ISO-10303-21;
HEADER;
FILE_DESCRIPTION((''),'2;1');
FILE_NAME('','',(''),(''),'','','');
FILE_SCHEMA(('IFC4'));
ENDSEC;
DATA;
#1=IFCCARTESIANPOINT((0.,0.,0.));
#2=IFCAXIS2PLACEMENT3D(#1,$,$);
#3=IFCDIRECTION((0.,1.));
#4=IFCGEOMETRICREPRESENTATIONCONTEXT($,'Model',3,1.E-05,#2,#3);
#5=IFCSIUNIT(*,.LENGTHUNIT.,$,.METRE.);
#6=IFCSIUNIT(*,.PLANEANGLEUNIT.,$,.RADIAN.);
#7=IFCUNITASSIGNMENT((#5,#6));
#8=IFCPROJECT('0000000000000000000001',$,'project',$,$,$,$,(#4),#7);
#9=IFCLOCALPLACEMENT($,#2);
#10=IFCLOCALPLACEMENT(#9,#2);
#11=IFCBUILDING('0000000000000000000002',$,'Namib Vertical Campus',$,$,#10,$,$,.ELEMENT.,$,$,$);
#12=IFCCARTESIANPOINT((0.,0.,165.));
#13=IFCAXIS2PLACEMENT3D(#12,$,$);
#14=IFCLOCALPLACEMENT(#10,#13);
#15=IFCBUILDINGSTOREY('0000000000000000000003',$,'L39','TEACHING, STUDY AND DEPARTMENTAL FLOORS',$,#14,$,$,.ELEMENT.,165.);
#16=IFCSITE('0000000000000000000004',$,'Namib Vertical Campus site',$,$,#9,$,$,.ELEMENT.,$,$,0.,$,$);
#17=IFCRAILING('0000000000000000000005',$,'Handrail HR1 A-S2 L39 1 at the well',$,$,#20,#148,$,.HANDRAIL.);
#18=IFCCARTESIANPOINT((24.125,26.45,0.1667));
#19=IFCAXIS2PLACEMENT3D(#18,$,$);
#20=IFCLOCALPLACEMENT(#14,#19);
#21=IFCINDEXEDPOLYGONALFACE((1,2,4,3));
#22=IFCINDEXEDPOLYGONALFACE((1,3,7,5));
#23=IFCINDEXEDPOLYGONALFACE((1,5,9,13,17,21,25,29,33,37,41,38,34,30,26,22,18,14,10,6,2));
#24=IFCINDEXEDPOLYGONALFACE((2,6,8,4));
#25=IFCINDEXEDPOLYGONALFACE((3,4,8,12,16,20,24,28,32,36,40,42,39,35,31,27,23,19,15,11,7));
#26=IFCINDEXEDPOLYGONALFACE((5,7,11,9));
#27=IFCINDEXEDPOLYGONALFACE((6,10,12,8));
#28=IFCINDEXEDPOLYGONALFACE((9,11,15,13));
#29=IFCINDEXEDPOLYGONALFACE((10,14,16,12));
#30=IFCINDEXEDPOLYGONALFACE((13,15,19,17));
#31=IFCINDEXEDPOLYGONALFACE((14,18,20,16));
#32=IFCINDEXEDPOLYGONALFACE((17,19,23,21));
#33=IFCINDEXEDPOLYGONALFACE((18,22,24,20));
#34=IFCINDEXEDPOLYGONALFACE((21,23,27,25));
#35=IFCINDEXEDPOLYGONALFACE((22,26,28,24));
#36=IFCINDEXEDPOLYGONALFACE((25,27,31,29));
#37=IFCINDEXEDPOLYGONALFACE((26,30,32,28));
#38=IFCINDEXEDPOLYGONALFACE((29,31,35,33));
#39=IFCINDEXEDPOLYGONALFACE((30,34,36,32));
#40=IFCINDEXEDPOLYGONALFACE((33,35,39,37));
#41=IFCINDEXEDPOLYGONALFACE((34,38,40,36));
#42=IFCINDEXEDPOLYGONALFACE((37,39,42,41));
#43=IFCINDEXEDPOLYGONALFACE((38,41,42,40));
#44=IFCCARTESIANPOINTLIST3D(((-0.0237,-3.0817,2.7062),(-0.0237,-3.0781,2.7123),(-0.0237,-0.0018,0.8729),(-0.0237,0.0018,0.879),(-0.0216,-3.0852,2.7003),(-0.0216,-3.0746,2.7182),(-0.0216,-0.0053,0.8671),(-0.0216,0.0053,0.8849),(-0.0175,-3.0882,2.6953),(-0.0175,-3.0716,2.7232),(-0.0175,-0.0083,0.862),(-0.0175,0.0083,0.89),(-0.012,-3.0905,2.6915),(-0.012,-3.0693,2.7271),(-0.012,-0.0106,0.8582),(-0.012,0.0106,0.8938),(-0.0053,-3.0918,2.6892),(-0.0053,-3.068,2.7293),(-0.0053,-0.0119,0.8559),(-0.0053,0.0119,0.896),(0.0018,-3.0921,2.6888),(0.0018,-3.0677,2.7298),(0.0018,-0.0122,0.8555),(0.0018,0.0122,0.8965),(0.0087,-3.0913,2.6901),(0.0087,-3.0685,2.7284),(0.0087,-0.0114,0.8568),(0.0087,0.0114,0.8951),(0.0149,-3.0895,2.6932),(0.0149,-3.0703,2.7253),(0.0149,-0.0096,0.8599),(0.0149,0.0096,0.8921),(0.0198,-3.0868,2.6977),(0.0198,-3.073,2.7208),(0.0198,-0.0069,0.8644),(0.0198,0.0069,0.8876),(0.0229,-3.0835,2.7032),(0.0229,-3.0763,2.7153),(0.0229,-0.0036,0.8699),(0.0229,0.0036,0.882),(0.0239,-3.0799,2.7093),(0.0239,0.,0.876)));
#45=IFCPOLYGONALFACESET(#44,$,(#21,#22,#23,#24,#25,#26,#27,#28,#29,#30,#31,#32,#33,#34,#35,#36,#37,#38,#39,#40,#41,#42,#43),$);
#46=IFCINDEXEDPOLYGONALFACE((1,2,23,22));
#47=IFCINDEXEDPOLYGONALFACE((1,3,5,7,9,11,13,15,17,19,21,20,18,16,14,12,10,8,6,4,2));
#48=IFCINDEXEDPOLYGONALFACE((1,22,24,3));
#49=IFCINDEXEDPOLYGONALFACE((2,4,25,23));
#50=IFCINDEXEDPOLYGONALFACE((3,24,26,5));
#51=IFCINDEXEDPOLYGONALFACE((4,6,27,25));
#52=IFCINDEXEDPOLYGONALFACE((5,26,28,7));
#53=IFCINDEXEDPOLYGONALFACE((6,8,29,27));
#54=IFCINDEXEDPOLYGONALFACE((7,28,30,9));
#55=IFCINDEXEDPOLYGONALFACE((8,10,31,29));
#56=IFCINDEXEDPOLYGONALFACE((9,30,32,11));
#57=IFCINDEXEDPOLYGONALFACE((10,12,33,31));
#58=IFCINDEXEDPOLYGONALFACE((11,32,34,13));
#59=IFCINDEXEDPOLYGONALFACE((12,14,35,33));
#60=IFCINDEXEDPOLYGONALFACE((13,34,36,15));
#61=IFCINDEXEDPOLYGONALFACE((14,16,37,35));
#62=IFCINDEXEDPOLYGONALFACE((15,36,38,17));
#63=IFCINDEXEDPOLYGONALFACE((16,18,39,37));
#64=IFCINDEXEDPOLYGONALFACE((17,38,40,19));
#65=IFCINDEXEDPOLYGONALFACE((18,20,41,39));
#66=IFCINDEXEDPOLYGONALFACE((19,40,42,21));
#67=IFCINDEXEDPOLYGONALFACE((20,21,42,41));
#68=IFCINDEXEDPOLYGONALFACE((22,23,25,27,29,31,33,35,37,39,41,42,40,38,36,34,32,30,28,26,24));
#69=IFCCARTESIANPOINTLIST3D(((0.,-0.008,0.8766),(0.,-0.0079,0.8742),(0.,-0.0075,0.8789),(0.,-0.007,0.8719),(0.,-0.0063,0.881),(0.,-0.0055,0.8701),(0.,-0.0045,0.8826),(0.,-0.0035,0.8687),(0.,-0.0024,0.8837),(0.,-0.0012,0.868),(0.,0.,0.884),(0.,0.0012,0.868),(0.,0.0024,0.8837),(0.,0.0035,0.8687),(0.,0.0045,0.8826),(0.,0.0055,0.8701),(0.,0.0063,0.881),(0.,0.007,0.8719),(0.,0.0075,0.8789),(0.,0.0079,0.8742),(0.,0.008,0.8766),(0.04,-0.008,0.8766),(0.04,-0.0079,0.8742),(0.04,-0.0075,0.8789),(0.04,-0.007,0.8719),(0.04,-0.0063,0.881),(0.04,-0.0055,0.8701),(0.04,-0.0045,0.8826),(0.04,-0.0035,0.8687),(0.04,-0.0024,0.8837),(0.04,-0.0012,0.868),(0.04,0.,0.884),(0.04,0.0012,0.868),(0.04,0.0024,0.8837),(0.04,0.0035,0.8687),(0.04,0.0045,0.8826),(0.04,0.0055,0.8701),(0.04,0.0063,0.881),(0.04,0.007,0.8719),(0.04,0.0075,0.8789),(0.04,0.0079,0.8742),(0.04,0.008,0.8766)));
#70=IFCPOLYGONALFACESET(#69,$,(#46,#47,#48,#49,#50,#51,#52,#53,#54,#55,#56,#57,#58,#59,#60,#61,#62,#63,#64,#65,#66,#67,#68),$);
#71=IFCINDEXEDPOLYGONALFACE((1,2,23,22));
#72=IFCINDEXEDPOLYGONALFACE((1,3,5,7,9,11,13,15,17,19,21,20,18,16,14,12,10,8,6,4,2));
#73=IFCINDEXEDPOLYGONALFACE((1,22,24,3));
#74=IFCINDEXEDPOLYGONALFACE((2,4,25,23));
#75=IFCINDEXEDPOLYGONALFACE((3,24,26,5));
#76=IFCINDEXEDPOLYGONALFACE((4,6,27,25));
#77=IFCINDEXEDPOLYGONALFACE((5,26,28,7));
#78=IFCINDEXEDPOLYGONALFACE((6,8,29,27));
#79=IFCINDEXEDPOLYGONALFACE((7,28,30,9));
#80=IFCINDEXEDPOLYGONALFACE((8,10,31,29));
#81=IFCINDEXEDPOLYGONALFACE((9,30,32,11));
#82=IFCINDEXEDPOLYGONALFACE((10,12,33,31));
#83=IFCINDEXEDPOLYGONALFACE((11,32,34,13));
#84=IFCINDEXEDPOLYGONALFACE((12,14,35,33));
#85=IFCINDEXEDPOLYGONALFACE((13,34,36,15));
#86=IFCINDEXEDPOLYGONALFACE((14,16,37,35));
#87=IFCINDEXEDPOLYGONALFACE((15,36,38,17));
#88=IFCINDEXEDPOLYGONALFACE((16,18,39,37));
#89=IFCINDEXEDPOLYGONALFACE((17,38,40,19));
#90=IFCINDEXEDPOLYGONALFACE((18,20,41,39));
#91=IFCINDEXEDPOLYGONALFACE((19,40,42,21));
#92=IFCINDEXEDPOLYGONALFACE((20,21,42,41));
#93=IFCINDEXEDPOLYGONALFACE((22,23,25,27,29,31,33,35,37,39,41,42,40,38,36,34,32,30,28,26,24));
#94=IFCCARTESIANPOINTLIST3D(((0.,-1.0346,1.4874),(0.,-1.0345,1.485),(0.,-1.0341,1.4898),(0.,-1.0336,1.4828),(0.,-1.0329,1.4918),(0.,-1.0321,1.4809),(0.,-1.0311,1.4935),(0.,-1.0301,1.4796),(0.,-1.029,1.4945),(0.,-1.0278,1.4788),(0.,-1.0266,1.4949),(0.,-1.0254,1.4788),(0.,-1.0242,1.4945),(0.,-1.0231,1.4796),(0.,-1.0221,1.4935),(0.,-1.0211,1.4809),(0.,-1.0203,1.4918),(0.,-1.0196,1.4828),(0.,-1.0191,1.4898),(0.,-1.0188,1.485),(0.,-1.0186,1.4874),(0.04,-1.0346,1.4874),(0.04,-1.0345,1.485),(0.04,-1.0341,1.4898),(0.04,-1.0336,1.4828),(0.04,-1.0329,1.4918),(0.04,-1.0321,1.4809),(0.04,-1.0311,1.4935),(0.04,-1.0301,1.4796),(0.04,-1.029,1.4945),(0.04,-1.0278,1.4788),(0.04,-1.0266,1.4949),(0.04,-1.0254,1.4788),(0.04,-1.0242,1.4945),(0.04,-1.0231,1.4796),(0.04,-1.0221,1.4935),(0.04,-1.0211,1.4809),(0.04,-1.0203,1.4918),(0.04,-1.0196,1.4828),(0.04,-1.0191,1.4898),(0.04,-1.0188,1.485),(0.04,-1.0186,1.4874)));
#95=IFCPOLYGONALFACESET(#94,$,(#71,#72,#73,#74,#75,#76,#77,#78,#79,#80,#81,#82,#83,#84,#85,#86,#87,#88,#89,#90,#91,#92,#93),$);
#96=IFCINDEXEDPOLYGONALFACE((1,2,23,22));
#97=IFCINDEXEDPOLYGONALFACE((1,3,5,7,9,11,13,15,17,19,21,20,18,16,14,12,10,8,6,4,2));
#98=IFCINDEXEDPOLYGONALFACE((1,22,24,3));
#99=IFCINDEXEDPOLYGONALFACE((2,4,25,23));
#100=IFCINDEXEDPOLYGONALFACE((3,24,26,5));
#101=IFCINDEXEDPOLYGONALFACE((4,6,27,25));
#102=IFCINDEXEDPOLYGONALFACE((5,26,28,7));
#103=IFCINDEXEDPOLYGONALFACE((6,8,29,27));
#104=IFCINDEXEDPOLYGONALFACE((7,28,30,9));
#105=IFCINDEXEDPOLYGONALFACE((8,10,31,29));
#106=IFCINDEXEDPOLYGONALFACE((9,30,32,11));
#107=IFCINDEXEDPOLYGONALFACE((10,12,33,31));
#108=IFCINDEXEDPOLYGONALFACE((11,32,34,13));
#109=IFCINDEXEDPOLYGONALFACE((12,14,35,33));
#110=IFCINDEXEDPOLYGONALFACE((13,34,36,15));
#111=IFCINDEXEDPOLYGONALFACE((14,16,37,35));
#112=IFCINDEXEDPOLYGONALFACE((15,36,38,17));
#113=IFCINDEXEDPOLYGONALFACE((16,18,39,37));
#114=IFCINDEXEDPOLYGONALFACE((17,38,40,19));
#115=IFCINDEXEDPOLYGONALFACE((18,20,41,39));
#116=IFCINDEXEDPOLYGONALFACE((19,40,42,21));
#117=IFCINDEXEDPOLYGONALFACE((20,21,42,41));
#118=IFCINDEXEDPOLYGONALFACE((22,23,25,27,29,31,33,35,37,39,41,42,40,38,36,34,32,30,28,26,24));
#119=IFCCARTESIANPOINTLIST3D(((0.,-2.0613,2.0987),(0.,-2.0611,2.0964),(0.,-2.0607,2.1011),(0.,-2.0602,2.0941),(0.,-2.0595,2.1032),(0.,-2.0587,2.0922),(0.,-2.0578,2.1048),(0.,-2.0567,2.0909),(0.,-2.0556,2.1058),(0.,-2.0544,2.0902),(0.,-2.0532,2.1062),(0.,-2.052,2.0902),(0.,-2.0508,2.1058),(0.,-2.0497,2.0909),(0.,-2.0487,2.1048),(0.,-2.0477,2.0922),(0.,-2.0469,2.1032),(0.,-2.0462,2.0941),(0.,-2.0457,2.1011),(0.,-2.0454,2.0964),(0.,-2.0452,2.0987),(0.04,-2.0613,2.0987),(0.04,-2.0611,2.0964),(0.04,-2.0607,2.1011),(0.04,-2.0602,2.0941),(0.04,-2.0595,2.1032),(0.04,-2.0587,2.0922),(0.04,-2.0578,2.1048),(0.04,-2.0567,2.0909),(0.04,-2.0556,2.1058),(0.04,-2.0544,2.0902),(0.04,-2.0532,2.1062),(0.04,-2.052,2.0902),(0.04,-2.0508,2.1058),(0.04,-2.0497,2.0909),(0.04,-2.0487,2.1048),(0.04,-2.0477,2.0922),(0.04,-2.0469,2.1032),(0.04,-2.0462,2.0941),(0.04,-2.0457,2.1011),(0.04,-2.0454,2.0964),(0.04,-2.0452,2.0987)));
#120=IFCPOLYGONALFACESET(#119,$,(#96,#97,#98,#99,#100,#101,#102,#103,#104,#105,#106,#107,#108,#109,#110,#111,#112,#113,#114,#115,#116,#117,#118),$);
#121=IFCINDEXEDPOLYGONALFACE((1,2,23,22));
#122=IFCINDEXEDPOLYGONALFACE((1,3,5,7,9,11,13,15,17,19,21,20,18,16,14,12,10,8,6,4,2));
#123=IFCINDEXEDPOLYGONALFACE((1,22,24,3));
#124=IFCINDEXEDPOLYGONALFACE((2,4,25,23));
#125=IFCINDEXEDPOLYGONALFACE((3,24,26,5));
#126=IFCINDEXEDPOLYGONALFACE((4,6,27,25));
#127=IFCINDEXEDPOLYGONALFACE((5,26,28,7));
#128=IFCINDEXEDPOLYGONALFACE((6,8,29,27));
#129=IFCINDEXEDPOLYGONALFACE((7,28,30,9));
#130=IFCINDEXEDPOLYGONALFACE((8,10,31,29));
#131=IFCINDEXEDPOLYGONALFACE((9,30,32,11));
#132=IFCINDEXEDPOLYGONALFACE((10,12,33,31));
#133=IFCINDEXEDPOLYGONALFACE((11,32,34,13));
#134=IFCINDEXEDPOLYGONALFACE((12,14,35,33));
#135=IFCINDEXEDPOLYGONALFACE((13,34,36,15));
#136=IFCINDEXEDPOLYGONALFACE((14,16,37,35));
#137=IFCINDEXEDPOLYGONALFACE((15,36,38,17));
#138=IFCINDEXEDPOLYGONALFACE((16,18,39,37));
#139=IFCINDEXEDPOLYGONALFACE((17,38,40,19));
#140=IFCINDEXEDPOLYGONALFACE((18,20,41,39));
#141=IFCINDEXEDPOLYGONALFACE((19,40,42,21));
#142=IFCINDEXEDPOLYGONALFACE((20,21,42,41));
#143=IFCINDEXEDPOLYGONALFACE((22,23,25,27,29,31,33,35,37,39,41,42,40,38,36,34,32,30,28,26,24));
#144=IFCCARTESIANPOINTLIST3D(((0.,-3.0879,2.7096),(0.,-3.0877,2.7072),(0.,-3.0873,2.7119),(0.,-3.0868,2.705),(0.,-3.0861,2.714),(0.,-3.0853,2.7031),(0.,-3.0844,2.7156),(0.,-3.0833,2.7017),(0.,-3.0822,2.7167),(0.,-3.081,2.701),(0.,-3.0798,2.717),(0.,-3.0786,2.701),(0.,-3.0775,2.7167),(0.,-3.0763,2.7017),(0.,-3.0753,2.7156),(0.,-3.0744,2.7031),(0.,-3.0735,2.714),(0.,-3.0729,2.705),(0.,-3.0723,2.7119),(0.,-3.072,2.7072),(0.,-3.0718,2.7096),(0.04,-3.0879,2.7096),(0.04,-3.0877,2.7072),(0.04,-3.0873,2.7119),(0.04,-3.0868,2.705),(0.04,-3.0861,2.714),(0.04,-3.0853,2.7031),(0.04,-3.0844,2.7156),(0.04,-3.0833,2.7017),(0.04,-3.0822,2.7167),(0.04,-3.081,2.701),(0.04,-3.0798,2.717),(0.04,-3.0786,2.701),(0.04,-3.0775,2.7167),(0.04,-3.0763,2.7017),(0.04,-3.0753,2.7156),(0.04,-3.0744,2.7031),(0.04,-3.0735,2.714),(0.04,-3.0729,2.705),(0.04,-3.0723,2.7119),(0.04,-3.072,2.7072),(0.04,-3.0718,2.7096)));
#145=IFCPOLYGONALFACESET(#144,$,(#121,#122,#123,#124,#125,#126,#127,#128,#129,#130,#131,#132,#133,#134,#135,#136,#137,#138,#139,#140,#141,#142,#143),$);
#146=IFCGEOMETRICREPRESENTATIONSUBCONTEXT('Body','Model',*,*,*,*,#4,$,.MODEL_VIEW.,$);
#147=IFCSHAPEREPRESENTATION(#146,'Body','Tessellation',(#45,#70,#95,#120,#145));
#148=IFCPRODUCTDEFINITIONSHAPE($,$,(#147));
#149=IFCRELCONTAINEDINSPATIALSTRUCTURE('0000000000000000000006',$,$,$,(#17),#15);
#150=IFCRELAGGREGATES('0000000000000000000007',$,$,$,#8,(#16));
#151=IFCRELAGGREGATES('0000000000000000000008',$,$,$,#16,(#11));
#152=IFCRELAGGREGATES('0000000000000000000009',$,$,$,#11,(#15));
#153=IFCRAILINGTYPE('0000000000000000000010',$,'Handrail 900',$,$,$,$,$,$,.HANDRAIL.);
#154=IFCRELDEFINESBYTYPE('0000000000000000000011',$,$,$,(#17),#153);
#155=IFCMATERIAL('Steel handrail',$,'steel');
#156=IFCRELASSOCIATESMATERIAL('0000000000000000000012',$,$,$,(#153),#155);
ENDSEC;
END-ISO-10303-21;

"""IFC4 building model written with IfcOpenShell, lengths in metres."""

from ifc_helpers import new_model, si_unit, direction, frame, origin, origin_2d, place, context, subcontext, project, spatial, circle, extrude, material, type_object, element, save


model = new_model("IFC4")

# Units and contexts
model_context = context("Model", 3, precision=1e-05, world=origin(), true_north=direction((0.0, 1.0)))
body_context = subcontext(model_context, "Body", "Model", "MODEL_VIEW")
ifc_project = project(units=[si_unit("LENGTHUNIT", "METRE"), si_unit("PLANEANGLEUNIT", "RADIAN")], contexts=[model_context])

# Site, building, storey
site_placement = place(None, origin())
site = spatial("IfcSite", under=ifc_project, at=site_placement, Name="Namib Vertical Campus site", CompositionType="ELEMENT", RefElevation=0.0)
building_placement = place(site_placement, origin())
building = spatial("IfcBuilding", under=site, at=building_placement, Name="Namib Vertical Campus", CompositionType="ELEMENT")
storey_placement = place(building_placement, frame((0.0, 0.0, 165.0)))
storey = spatial("IfcBuildingStorey", under=building, at=storey_placement, Name="L39", Description="TEACHING, STUDY AND DEPARTMENTAL FLOORS", CompositionType="ELEMENT", Elevation=165.0)

# Railing
ifc_material_1 = material(Name="Steel handrail", Category="steel")
railing_type_1 = type_object("IfcRailingType", Name="Handrail 900", PredefinedType="HANDRAIL", material=ifc_material_1)
railing_1_placement = place(storey_placement, frame((24.125, 26.45, 0.1667)))
element("IfcRailing", 1, at=railing_1_placement, inside=storey, type_object=railing_type_1, Name="Handrail HR1 A-S2 L39 1 at the well", PredefinedType="HANDRAIL", context=body_context, shape_type="SweptSolid", body=[
    extrude(circle(Radius=0.0239, at=origin_2d()), frame((0.0, 0.0, 0.876), z_axis=(0.0, -0.859291, 0.511487), x_axis=(1.0, 0.0, 0.0)), (0.0, 0.0, 1.0), 3.5842),
    extrude(circle(Radius=0.0081, at=origin_2d()), frame((0.0, 0.0, 0.876), z_axis=(1.0, 0.0, 0.0), x_axis=(0.0, 0.0, 1.0)), (0.0, 0.0, 1.0), 0.04),
    extrude(circle(Radius=0.0081, at=origin_2d()), frame((0.0, -1.0266, 1.4868), z_axis=(1.0, 0.0, 0.0), x_axis=(0.0, 0.0, 1.0)), (0.0, 0.0, 1.0), 0.04),
    extrude(circle(Radius=0.0081, at=origin_2d()), frame((0.0, -2.0532, 2.0981), z_axis=(1.0, 0.0, 0.0), x_axis=(0.0, 0.0, 1.0)), (0.0, 0.0, 1.0), 0.04),
    extrude(circle(Radius=0.0081, at=origin_2d()), frame((0.0, -3.0798, 2.709), z_axis=(1.0, 0.0, 0.0), x_axis=(0.0, 0.0, 1.0)), (0.0, 0.0, 1.0), 0.04),
])

save(model, "model.ifc")
